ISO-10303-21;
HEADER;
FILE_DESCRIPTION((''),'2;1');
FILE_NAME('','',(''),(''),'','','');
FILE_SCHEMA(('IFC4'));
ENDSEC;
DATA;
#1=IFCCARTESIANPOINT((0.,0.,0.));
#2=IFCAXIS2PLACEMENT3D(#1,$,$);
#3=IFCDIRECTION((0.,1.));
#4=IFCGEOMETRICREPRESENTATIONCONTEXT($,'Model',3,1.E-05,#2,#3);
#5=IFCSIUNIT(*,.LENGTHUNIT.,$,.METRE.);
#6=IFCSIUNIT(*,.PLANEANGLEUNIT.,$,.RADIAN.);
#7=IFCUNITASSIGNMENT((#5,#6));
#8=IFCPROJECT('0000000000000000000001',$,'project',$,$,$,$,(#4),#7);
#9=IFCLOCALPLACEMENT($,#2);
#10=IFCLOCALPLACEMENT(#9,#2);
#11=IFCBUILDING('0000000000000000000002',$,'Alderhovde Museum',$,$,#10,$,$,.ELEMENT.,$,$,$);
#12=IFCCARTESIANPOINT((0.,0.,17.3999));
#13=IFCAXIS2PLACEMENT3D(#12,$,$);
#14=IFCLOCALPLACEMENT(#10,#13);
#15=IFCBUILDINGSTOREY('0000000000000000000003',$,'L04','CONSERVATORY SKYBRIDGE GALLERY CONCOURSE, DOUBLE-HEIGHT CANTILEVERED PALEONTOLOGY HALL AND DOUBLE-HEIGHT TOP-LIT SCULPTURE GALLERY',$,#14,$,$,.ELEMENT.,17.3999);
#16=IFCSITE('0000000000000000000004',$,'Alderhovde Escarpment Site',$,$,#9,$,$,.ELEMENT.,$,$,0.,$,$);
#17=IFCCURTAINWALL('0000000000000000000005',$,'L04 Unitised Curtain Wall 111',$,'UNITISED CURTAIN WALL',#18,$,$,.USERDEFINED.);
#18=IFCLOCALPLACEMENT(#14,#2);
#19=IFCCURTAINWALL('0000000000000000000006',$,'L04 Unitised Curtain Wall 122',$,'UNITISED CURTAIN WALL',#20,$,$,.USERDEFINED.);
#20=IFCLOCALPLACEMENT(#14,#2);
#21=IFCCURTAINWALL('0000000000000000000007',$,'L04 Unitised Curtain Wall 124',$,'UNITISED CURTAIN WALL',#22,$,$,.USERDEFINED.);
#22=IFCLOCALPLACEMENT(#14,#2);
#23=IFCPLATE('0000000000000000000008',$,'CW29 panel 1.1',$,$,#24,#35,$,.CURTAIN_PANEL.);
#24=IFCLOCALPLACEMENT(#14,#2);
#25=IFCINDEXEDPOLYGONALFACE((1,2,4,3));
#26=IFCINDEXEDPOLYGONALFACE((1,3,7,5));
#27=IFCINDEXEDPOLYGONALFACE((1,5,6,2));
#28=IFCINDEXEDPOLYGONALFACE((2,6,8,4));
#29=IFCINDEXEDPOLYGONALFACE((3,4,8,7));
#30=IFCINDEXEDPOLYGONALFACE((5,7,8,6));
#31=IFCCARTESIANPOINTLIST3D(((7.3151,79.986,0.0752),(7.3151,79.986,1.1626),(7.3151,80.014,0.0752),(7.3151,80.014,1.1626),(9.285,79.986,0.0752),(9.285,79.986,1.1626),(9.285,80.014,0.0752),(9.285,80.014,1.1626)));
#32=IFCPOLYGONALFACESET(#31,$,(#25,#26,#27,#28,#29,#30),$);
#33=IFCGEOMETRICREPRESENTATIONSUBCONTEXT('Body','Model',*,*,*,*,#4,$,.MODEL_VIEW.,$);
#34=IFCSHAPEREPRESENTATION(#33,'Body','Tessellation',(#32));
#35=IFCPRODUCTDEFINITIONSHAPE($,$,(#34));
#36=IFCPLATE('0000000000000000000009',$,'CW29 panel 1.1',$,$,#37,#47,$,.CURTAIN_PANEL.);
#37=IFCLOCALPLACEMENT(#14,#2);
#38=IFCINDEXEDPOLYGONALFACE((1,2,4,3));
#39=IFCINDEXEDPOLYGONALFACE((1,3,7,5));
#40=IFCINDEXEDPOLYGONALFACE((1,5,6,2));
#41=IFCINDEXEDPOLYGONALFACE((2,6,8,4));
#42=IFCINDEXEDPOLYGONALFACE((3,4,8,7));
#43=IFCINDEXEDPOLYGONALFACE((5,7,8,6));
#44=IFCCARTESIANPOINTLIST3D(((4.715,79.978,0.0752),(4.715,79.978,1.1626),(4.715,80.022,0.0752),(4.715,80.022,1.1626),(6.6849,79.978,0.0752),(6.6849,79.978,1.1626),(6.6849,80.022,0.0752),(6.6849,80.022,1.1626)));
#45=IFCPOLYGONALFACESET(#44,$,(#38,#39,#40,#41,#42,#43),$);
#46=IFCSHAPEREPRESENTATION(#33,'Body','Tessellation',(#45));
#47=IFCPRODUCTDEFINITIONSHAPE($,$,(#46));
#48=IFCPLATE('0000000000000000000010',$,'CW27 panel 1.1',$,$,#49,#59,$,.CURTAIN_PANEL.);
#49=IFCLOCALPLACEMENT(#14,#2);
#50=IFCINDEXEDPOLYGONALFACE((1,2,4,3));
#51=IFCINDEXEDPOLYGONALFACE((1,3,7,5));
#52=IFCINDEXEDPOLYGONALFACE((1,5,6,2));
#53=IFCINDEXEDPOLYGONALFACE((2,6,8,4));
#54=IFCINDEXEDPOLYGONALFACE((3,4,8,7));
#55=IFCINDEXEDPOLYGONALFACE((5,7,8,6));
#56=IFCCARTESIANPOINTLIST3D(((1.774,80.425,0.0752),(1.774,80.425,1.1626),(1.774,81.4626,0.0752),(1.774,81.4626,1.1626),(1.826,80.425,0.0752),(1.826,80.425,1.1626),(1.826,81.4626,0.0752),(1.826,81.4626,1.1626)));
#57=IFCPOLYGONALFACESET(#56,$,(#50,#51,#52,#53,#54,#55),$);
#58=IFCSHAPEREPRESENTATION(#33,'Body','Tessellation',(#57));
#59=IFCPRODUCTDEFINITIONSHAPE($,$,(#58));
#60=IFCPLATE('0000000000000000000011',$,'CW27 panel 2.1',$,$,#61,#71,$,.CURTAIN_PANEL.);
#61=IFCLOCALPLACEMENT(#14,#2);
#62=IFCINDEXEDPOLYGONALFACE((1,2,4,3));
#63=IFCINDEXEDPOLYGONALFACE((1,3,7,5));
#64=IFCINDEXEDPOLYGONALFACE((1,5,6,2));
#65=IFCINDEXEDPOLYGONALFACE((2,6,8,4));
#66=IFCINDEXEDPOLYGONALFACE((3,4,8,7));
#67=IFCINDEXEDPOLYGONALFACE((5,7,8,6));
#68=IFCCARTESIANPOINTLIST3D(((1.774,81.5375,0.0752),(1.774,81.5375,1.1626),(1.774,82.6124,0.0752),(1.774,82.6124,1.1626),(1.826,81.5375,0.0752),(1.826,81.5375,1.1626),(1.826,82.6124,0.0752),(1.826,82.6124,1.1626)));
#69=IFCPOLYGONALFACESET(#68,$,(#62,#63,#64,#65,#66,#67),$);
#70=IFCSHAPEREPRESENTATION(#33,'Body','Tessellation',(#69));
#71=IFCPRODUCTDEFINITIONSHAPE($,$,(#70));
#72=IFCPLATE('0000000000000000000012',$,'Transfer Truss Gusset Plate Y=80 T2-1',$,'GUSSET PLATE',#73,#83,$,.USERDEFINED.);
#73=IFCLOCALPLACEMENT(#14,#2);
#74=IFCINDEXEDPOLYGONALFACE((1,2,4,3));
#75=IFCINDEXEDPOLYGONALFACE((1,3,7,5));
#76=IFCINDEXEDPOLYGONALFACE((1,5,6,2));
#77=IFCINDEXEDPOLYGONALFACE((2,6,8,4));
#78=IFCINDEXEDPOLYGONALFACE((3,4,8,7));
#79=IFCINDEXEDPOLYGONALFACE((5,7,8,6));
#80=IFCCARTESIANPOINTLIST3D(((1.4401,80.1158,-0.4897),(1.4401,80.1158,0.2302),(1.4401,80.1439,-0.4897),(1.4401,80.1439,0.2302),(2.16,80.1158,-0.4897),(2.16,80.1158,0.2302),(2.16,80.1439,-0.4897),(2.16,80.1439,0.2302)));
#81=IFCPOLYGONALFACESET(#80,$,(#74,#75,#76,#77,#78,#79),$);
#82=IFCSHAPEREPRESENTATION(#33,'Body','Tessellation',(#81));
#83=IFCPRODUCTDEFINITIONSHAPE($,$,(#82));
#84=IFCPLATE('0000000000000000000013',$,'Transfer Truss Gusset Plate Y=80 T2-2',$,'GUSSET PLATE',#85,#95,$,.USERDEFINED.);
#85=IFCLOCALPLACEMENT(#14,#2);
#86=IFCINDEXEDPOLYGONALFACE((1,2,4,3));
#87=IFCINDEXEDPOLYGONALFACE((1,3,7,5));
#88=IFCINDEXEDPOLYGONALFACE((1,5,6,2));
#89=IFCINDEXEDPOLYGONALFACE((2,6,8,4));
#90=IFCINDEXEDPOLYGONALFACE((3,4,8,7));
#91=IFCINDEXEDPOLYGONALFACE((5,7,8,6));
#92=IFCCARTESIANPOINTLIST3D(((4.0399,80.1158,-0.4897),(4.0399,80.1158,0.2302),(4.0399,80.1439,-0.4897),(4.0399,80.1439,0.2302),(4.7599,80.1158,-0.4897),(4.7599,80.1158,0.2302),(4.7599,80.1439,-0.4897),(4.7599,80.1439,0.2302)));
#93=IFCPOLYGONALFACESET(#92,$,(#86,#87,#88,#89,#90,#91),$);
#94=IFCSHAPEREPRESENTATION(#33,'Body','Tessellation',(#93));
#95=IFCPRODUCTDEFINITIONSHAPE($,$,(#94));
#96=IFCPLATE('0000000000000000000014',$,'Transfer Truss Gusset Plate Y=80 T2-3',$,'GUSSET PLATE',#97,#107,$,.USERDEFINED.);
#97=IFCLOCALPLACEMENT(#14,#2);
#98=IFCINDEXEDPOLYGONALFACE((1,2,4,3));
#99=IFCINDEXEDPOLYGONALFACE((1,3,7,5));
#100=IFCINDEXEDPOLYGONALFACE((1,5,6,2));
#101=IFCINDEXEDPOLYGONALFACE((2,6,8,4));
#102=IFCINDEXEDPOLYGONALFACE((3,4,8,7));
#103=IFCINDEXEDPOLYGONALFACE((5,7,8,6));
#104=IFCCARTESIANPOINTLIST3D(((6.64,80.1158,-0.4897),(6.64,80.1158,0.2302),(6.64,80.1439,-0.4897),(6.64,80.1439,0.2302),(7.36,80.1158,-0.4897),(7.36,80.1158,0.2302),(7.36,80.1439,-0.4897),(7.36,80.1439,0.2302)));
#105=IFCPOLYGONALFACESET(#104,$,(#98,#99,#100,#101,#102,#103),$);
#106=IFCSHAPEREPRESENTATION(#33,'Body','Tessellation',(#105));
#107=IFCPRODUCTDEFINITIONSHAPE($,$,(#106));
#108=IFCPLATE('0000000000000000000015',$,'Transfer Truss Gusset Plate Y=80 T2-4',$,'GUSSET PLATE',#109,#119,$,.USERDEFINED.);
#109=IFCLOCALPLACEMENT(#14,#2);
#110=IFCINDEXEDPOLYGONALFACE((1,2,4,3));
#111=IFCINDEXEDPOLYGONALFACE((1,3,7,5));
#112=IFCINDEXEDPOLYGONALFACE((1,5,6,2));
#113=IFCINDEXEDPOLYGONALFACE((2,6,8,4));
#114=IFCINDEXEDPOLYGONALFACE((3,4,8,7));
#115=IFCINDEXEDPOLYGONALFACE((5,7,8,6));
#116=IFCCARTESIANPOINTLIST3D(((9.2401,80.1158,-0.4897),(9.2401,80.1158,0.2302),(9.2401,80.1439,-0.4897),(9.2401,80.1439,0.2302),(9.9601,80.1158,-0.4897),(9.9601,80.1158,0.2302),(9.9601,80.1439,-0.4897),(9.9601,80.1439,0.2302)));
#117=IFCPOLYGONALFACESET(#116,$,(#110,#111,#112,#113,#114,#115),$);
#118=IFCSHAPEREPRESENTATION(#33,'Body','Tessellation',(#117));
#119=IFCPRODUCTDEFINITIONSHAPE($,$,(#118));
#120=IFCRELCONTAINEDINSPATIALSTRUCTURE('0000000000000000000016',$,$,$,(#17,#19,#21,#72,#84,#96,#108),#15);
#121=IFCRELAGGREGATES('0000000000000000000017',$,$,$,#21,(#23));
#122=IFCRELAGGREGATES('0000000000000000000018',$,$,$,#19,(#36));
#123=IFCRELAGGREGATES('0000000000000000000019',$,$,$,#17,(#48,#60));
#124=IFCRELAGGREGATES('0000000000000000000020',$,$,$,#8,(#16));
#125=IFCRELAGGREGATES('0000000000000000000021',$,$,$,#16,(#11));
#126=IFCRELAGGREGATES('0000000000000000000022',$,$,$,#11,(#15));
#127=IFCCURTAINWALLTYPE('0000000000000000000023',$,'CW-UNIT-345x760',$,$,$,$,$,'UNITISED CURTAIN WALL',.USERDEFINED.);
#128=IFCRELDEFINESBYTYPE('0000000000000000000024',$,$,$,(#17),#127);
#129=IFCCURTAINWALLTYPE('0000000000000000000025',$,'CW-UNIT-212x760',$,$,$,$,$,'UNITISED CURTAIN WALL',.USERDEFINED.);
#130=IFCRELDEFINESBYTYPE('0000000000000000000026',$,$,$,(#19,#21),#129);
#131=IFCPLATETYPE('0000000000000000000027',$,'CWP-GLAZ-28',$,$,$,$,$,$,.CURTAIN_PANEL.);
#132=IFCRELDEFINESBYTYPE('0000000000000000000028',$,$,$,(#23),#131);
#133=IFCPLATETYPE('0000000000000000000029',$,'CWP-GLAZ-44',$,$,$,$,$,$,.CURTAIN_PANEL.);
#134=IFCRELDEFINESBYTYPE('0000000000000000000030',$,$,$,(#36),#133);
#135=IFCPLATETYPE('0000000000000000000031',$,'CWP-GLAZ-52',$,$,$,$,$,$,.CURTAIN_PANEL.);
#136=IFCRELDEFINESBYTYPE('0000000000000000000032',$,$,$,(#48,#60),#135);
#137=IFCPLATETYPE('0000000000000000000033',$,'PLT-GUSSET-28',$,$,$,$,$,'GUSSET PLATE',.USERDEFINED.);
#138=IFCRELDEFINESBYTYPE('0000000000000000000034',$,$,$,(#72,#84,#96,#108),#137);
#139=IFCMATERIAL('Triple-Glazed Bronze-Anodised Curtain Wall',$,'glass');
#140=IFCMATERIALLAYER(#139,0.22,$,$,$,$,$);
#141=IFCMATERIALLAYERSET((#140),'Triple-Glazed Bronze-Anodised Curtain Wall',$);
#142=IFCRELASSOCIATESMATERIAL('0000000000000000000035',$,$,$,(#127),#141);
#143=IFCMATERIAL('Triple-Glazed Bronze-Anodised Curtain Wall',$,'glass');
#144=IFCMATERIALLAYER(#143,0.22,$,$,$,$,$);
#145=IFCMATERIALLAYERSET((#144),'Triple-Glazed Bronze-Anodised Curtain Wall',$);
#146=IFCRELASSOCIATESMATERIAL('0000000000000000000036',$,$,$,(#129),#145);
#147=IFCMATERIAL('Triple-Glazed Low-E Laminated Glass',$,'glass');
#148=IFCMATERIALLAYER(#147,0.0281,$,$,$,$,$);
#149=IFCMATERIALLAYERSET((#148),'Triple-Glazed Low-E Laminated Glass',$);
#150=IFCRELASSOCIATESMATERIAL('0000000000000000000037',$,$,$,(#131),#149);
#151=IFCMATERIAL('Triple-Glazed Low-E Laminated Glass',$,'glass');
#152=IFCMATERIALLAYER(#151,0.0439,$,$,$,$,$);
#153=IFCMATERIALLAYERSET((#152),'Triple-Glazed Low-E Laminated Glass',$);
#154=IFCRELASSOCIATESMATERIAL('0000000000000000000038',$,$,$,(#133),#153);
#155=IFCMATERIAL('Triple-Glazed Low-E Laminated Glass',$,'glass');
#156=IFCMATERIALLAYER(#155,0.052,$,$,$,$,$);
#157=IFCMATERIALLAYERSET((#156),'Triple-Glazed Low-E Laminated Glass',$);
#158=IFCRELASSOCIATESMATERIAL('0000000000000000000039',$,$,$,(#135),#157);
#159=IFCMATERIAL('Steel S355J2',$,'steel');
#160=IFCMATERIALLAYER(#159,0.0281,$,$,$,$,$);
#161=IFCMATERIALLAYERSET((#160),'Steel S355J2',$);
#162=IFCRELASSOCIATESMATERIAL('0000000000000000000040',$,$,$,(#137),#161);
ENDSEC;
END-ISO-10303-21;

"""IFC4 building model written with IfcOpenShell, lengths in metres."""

from ifc_helpers import new_model, si_unit, direction, frame, origin, origin_2d, place, context, subcontext, project, spatial, rectangle, extrude, material, layer, layer_set, type_object, element, aggregate, save


model = new_model("IFC4")

# Units and contexts
model_context = context("Model", 3, precision=1e-05, world=origin(), true_north=direction((0.0, 1.0)))
body_context = subcontext(model_context, "Body", "Model", "MODEL_VIEW")
ifc_project = project(units=[si_unit("LENGTHUNIT", "METRE"), si_unit("PLANEANGLEUNIT", "RADIAN")], contexts=[model_context])

# Site, building, storey
site_placement = place(None, origin())
site = spatial("IfcSite", under=ifc_project, at=site_placement, Name="Alderhovde Escarpment Site", CompositionType="ELEMENT", RefElevation=0.0)
building_placement = place(site_placement, origin())
building = spatial("IfcBuilding", under=site, at=building_placement, Name="Alderhovde Museum", CompositionType="ELEMENT")
storey_placement = place(building_placement, frame((0.0, 0.0, 17.3999)))
storey = spatial("IfcBuildingStorey", under=building, at=storey_placement, Name="L04", Description="CONSERVATORY SKYBRIDGE GALLERY CONCOURSE, DOUBLE-HEIGHT CANTILEVERED PALEONTOLOGY HALL AND DOUBLE-HEIGHT TOP-LIT SCULPTURE GALLERY", CompositionType="ELEMENT", Elevation=17.3999)

# Curtain wall
ifc_material_1 = material(Name="Triple-Glazed Bronze-Anodised Curtain Wall", Category="glass")
ifc_layer_1 = layer(ifc_material_1, 0.22)
ifc_layer_set_1 = layer_set([ifc_layer_1], Name="Triple-Glazed Bronze-Anodised Curtain Wall")
curtain_wall_type_1 = type_object("IfcCurtainWallType", Name="CW-UNIT-345x760", ElementType="UNITISED CURTAIN WALL", PredefinedType="USERDEFINED", material=ifc_layer_set_1)
curtain_wall_1_placement = place(storey_placement, origin())
curtain_wall_1 = element("IfcCurtainWall", 1, at=curtain_wall_1_placement, inside=storey, type_object=curtain_wall_type_1, Name="L04 Unitised Curtain Wall 111", ObjectType="UNITISED CURTAIN WALL", PredefinedType="USERDEFINED")

# Shared definitions
ifc_material_2 = material(Name="Triple-Glazed Bronze-Anodised Curtain Wall", Category="glass")
ifc_layer_2 = layer(ifc_material_2, 0.22)
ifc_layer_set_2 = layer_set([ifc_layer_2], Name="Triple-Glazed Bronze-Anodised Curtain Wall")
curtain_wall_type_2 = type_object("IfcCurtainWallType", Name="CW-UNIT-212x760", ElementType="UNITISED CURTAIN WALL", PredefinedType="USERDEFINED", material=ifc_layer_set_2)

# Curtain walls
curtain_wall_2_placement = place(storey_placement, origin())
curtain_wall_2 = element("IfcCurtainWall", 2, at=curtain_wall_2_placement, inside=storey, type_object=curtain_wall_type_2, Name="L04 Unitised Curtain Wall 122", ObjectType="UNITISED CURTAIN WALL", PredefinedType="USERDEFINED")
curtain_wall_3_placement = place(storey_placement, origin())
curtain_wall_3 = element("IfcCurtainWall", 3, at=curtain_wall_3_placement, inside=storey, type_object=curtain_wall_type_2, Name="L04 Unitised Curtain Wall 124", ObjectType="UNITISED CURTAIN WALL", PredefinedType="USERDEFINED")

# Plates
ifc_material_3 = material(Name="Triple-Glazed Low-E Laminated Glass", Category="glass")
ifc_layer_3 = layer(ifc_material_3, 0.0281)
ifc_layer_set_3 = layer_set([ifc_layer_3], Name="Triple-Glazed Low-E Laminated Glass")
plate_type_1 = type_object("IfcPlateType", Name="CWP-GLAZ-28", PredefinedType="CURTAIN_PANEL", material=ifc_layer_set_3)
plate_1_placement = place(storey_placement, frame((8.3, 80.0, 0.0752), z_axis=(0.0, 0.0, 1.0), x_axis=(1.0, 0.0, 0.0)))
plate_1 = element("IfcPlate", 4, at=plate_1_placement, type_object=plate_type_1, Name="CW29 panel 1.1", PredefinedType="CURTAIN_PANEL", context=body_context, shape_type="SweptSolid", body=[
    extrude(rectangle(XDim=1.97, YDim=0.0281, at=origin_2d()), origin(), (0.0, 0.0, 1.0), 1.0874),
])
aggregate(curtain_wall_3, [plate_1])
ifc_material_4 = material(Name="Triple-Glazed Low-E Laminated Glass", Category="glass")
ifc_layer_4 = layer(ifc_material_4, 0.0439)
ifc_layer_set_4 = layer_set([ifc_layer_4], Name="Triple-Glazed Low-E Laminated Glass")
plate_type_2 = type_object("IfcPlateType", Name="CWP-GLAZ-44", PredefinedType="CURTAIN_PANEL", material=ifc_layer_set_4)
plate_2_placement = place(storey_placement, frame((5.7, 80.0, 0.0752), z_axis=(0.0, 0.0, 1.0), x_axis=(1.0, 0.0, 0.0)))
plate_2 = element("IfcPlate", 5, at=plate_2_placement, type_object=plate_type_2, Name="CW29 panel 1.1", PredefinedType="CURTAIN_PANEL", context=body_context, shape_type="SweptSolid", body=[
    extrude(rectangle(XDim=1.97, YDim=0.0439, at=origin_2d()), origin(), (0.0, 0.0, 1.0), 1.0874),
])
aggregate(curtain_wall_2, [plate_2])
ifc_material_5 = material(Name="Triple-Glazed Low-E Laminated Glass", Category="glass")
ifc_layer_5 = layer(ifc_material_5, 0.052)
ifc_layer_set_5 = layer_set([ifc_layer_5], Name="Triple-Glazed Low-E Laminated Glass")
plate_type_3 = type_object("IfcPlateType", Name="CWP-GLAZ-52", PredefinedType="CURTAIN_PANEL", material=ifc_layer_set_5)
plate_3_placement = place(storey_placement, frame((1.8, 80.9438, 0.0752), z_axis=(0.0, 0.0, 1.0), x_axis=(0.0, 1.0, 0.0)))
plate_3 = element("IfcPlate", 6, at=plate_3_placement, type_object=plate_type_3, Name="CW27 panel 1.1", PredefinedType="CURTAIN_PANEL", context=body_context, shape_type="SweptSolid", body=[
    extrude(rectangle(XDim=1.0376, YDim=0.052, at=origin_2d()), origin(), (0.0, 0.0, 1.0), 1.0874),
])
plate_4_placement = place(storey_placement, frame((1.8, 82.075, 0.0752), z_axis=(0.0, 0.0, 1.0), x_axis=(0.0, 1.0, 0.0)))
plate_4 = element("IfcPlate", 7, at=plate_4_placement, type_object=plate_type_3, Name="CW27 panel 2.1", PredefinedType="CURTAIN_PANEL", context=body_context, shape_type="SweptSolid", body=[
    extrude(rectangle(XDim=1.075, YDim=0.052, at=origin_2d()), origin(), (0.0, 0.0, 1.0), 1.0874),
])
aggregate(curtain_wall_1, [plate_3, plate_4])

# Plates
ifc_material_6 = material(Name="Steel S355J2", Category="steel")
ifc_layer_6 = layer(ifc_material_6, 0.0281)
ifc_layer_set_6 = layer_set([ifc_layer_6], Name="Steel S355J2")
plate_type_4 = type_object("IfcPlateType", Name="PLT-GUSSET-28", ElementType="GUSSET PLATE", PredefinedType="USERDEFINED", material=ifc_layer_set_6)
for number, where, z_axis, x_axis, name in (
    (8, (1.8, 80.1299, -0.4897), (0.0, 0.0, 1.0), (1.0, 0.0, 0.0), "Transfer Truss Gusset Plate Y=80 T2-1"),
    (9, (4.3999, 80.1299, -0.4897), (0.0, 0.0, 1.0), (1.0, 0.0, 0.0), "Transfer Truss Gusset Plate Y=80 T2-2"),
    (10, (7.0, 80.1299, -0.4897), (0.0, 0.0, 1.0), (1.0, 0.0, 0.0), "Transfer Truss Gusset Plate Y=80 T2-3"),
    (11, (9.6001, 80.1299, -0.4897), (0.0, 0.0, 1.0), (1.0, 0.0, 0.0), "Transfer Truss Gusset Plate Y=80 T2-4"),
):
    element("IfcPlate", number, at=place(storey_placement, frame(where, z_axis=z_axis, x_axis=x_axis)), inside=storey, type_object=plate_type_4, Name=name, ObjectType="GUSSET PLATE", PredefinedType="USERDEFINED", context=body_context, shape_type="SweptSolid", body=[
        extrude(rectangle(XDim=0.72, YDim=0.0281, at=origin_2d()), origin(), (0.0, 0.0, 1.0), 0.72),
    ])

save(model, "model.ifc")
